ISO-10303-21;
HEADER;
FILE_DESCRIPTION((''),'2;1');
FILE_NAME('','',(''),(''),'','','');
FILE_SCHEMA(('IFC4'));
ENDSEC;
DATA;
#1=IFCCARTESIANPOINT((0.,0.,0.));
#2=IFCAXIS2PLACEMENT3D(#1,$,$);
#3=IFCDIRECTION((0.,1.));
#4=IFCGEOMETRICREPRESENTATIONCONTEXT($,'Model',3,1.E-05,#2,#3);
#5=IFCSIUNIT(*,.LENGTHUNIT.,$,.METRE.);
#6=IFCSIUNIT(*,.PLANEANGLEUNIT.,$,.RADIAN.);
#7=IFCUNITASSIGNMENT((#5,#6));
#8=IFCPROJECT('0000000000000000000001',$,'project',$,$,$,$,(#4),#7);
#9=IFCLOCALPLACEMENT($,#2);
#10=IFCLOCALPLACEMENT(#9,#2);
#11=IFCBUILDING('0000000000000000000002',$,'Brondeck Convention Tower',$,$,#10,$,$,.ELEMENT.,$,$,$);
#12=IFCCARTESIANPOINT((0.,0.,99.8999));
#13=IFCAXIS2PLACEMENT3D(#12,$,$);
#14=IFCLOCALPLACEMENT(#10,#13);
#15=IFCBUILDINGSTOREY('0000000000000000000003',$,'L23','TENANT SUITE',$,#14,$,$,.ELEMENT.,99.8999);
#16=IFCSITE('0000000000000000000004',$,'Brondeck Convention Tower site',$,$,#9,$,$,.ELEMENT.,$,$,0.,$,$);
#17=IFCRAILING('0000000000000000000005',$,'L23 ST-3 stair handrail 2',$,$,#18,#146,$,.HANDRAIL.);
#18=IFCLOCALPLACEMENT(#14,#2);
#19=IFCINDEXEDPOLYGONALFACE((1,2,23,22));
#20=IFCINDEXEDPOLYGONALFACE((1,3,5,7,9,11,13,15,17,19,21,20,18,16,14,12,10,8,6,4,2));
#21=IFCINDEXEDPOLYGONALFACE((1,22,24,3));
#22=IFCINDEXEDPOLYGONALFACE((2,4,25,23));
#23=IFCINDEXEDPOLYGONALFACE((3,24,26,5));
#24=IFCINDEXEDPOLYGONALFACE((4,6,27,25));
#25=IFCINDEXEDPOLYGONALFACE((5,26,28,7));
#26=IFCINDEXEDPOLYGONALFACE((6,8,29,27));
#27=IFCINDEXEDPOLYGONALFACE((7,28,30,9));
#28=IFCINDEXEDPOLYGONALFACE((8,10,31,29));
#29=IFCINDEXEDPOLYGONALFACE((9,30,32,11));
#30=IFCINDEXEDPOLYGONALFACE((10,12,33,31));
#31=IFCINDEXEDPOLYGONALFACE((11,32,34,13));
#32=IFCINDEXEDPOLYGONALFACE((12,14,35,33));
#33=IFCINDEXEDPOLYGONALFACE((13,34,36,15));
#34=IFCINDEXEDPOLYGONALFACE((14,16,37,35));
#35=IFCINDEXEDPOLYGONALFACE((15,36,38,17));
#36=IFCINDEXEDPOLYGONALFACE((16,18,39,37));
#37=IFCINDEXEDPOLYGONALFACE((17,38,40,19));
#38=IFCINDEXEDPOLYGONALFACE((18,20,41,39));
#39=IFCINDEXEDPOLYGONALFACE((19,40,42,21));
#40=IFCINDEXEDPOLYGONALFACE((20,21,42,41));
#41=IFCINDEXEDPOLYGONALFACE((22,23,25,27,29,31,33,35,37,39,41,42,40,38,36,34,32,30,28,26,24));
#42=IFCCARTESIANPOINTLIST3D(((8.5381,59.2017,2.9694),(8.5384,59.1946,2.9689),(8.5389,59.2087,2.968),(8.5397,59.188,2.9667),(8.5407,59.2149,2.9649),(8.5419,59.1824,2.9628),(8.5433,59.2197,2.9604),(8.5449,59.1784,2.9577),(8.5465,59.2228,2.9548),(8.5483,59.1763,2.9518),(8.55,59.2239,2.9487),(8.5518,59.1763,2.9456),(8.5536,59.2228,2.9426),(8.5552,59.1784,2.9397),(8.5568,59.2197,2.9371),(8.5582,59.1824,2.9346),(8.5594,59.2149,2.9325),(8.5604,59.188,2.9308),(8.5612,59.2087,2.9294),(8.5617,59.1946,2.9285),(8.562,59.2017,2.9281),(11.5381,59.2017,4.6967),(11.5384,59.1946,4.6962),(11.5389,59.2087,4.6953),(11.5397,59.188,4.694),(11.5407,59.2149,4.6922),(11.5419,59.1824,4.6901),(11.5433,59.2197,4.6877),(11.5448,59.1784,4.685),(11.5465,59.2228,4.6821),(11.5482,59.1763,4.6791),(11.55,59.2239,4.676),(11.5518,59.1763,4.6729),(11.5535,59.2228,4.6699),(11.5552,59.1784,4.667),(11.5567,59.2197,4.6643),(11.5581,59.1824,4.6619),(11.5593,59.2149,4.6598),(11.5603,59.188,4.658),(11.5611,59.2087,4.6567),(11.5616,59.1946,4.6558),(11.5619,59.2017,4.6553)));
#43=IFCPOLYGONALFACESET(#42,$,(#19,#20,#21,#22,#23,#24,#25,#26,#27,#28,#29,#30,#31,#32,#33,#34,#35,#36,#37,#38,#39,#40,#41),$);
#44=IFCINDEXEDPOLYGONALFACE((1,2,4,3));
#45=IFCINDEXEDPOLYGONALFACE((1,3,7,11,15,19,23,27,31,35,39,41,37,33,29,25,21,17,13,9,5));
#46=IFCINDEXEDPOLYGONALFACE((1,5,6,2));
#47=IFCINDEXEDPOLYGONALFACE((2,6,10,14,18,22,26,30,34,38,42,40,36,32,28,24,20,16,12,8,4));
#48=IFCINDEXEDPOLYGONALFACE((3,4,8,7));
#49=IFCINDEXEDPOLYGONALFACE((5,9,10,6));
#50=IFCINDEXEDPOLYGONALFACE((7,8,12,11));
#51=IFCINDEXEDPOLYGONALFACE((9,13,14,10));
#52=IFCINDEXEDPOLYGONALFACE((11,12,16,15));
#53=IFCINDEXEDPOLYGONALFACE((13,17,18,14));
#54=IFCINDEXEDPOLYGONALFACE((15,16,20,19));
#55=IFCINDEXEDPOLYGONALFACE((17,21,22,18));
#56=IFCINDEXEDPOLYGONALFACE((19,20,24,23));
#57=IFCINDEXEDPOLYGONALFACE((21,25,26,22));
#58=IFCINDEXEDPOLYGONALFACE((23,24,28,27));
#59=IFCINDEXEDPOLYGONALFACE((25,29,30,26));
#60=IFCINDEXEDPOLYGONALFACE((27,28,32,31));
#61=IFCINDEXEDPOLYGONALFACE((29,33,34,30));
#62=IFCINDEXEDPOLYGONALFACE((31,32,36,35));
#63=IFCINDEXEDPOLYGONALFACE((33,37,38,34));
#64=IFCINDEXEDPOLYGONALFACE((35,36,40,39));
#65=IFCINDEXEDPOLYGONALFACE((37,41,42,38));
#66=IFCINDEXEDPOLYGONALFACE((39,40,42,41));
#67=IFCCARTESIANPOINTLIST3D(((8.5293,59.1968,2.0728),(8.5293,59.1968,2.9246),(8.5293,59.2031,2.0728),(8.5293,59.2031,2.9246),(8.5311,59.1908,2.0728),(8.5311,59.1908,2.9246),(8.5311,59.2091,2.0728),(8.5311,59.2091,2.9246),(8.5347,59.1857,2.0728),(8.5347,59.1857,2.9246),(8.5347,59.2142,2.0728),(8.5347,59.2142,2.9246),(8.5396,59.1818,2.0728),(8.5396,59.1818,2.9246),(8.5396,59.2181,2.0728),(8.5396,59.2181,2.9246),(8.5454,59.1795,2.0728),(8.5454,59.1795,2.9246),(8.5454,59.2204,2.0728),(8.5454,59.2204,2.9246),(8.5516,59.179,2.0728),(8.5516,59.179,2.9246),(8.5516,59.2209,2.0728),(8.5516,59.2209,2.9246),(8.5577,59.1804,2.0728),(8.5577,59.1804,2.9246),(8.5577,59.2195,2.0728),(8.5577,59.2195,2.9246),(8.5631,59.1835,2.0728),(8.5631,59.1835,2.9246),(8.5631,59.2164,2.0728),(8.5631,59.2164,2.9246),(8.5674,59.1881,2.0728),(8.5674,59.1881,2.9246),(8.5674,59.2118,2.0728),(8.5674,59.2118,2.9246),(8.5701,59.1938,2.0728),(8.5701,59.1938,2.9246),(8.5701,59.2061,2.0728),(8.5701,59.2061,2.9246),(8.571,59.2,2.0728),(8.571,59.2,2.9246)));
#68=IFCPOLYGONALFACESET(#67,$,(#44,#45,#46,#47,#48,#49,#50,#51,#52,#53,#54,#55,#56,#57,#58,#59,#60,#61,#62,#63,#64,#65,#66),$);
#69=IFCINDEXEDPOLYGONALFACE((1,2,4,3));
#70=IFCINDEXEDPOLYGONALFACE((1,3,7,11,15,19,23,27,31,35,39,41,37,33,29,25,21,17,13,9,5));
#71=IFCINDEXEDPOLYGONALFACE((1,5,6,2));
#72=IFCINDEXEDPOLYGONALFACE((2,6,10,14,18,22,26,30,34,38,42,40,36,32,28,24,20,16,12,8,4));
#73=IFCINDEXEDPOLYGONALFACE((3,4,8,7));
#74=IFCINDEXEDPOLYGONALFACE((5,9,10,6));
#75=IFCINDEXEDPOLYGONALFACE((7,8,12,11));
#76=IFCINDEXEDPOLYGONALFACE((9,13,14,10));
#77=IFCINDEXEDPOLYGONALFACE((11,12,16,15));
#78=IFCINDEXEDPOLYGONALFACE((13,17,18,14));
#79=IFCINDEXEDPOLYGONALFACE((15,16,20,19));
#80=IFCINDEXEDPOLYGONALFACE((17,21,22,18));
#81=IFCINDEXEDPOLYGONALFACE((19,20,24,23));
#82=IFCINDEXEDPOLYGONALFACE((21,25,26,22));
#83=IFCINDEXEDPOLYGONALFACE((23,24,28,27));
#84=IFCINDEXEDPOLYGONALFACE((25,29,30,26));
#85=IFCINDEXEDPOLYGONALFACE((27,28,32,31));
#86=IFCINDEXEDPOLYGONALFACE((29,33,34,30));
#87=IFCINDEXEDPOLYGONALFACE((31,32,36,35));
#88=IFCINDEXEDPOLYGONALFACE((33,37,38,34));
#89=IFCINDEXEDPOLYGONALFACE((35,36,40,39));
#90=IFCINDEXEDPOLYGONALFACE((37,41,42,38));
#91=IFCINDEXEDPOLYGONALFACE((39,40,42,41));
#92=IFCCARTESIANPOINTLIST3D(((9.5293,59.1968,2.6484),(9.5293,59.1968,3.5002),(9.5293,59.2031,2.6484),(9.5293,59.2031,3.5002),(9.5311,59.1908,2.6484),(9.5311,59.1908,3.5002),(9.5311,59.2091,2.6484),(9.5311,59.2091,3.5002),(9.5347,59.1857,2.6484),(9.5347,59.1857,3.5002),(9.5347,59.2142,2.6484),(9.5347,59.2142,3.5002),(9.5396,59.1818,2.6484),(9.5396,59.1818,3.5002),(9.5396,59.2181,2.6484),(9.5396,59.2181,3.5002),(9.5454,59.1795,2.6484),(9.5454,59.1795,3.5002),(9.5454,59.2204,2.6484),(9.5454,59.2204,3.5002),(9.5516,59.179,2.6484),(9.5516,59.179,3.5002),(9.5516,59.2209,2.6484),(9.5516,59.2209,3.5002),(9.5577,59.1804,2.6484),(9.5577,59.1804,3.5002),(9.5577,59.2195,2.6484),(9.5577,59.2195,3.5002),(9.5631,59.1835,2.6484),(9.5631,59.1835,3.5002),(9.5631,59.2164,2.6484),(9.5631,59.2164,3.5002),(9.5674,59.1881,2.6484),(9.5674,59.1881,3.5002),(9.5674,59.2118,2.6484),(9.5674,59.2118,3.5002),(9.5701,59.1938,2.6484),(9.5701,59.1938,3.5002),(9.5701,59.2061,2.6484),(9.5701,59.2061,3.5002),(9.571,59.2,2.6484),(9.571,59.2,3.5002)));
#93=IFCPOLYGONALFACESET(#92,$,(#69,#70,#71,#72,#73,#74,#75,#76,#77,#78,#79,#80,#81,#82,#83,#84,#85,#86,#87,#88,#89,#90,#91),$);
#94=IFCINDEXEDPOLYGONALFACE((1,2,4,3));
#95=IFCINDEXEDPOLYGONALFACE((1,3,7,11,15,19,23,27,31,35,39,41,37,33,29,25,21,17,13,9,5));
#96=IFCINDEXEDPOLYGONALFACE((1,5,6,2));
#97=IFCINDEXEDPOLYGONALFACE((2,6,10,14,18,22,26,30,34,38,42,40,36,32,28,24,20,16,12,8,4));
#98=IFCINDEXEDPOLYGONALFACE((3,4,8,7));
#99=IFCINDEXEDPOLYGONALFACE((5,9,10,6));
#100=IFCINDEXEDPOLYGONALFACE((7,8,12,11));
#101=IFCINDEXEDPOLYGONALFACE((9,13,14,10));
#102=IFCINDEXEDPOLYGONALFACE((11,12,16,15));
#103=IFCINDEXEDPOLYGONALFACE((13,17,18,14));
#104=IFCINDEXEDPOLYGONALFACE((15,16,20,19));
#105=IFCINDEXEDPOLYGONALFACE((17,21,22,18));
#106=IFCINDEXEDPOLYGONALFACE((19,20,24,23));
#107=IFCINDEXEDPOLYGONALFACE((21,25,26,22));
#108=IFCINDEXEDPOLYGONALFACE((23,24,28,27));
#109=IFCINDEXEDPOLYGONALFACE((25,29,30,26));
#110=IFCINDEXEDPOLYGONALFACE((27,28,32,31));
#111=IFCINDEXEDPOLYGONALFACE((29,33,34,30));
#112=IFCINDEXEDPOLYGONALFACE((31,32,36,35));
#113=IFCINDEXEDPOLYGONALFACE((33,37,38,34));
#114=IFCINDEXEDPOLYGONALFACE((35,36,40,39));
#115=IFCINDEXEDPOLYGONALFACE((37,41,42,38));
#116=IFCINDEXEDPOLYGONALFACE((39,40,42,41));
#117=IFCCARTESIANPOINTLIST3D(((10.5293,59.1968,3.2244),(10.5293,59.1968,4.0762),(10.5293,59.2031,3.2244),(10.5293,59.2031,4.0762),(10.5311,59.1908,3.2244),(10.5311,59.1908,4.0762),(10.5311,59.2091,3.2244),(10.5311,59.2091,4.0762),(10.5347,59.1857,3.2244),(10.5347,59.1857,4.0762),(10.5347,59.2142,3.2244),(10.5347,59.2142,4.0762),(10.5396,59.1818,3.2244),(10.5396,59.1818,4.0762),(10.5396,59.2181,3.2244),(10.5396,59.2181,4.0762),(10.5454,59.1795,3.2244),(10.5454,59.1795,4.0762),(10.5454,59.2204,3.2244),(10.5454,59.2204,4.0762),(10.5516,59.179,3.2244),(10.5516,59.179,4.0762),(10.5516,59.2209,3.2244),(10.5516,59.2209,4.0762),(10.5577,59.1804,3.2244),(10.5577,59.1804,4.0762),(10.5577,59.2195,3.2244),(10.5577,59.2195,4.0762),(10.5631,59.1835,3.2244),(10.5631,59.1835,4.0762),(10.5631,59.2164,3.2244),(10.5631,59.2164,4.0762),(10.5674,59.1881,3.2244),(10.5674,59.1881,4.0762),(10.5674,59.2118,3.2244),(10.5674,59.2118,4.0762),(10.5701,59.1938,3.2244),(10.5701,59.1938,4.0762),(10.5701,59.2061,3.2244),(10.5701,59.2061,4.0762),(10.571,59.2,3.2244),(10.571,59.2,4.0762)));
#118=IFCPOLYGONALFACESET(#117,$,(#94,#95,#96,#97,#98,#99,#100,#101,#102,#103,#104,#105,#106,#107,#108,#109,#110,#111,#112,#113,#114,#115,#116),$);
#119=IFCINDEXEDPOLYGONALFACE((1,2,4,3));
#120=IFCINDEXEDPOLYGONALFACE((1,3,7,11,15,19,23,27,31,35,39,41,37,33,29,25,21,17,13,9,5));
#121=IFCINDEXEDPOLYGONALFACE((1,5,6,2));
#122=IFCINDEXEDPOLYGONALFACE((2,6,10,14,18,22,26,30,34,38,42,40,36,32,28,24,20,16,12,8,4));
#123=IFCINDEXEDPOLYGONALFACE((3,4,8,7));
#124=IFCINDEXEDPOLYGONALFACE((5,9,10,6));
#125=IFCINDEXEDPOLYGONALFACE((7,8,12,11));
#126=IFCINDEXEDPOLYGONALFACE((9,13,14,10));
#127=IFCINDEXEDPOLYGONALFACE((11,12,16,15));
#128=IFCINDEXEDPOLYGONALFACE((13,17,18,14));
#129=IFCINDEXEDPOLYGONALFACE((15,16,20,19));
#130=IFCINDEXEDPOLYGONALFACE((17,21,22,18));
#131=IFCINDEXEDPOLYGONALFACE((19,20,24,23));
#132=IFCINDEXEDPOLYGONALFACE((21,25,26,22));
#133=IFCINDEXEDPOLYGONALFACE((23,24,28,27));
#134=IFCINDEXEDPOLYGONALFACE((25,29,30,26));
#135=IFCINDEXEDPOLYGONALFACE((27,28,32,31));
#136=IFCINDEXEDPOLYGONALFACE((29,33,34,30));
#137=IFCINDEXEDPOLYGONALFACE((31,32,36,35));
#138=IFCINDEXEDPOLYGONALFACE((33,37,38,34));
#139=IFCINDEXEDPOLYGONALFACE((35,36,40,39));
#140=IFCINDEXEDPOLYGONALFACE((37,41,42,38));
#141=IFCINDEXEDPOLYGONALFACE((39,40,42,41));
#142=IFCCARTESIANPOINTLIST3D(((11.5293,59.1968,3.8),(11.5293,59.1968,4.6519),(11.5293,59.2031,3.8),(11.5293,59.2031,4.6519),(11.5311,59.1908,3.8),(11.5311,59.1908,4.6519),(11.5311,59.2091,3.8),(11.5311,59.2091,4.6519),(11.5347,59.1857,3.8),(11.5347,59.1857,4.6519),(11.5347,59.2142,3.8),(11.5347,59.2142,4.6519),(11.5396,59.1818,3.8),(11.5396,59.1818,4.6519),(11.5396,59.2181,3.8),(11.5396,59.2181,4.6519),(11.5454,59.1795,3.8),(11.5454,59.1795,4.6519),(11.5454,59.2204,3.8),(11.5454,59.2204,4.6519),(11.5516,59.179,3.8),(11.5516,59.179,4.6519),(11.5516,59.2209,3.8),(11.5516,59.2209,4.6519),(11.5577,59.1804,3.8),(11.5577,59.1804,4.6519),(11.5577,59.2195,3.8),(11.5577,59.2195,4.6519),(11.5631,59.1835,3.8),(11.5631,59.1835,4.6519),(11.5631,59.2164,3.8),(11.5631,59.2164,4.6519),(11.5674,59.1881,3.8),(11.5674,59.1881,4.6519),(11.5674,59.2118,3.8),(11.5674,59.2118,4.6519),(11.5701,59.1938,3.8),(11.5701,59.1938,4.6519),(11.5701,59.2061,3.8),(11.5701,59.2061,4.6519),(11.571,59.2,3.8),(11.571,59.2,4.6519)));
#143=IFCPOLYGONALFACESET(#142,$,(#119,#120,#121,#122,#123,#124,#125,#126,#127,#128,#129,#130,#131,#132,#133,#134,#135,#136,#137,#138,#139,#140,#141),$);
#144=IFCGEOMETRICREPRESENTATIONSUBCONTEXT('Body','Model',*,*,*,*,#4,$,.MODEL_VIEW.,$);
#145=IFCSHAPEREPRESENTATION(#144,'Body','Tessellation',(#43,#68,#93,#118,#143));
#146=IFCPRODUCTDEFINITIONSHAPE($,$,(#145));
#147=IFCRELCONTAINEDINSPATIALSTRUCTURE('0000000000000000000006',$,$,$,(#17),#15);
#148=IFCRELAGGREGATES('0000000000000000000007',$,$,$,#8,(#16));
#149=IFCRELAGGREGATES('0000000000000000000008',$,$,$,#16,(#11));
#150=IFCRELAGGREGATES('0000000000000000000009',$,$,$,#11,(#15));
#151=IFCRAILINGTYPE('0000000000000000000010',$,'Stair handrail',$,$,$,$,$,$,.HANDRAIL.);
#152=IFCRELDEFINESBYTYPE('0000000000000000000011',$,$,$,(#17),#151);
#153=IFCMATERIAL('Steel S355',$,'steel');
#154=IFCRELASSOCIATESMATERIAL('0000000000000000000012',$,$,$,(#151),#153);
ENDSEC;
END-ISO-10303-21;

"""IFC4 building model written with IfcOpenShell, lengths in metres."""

from ifc_helpers import new_model, si_unit, direction, frame, origin, origin_2d, place, context, subcontext, project, spatial, circle, extrude, material, type_object, element, save


model = new_model("IFC4")

# Units and contexts
model_context = context("Model", 3, precision=1e-05, world=origin(), true_north=direction((0.0, 1.0)))
body_context = subcontext(model_context, "Body", "Model", "MODEL_VIEW")
ifc_project = project(units=[si_unit("LENGTHUNIT", "METRE"), si_unit("PLANEANGLEUNIT", "RADIAN")], contexts=[model_context])

# Site, building, storey
site_placement = place(None, origin())
site = spatial("IfcSite", under=ifc_project, at=site_placement, Name="Brondeck Convention Tower site", CompositionType="ELEMENT", RefElevation=0.0)
building_placement = place(site_placement, origin())
building = spatial("IfcBuilding", under=site, at=building_placement, Name="Brondeck Convention Tower", CompositionType="ELEMENT")
storey_placement = place(building_placement, frame((0.0, 0.0, 99.8999)))
storey = spatial("IfcBuildingStorey", under=building, at=storey_placement, Name="L23", Description="TENANT SUITE", CompositionType="ELEMENT", Elevation=99.8999)

# Railing
ifc_material_1 = material(Name="Steel S355", Category="steel")
railing_type_1 = type_object("IfcRailingType", Name="Stair handrail", PredefinedType="HANDRAIL", material=ifc_material_1)
railing_1_placement = place(storey_placement, frame((8.55, 59.2, 2.0728)))
element("IfcRailing", 1, at=railing_1_placement, inside=storey, type_object=railing_type_1, Name="L23 ST-3 stair handrail 2", PredefinedType="HANDRAIL", context=body_context, shape_type="SweptSolid", body=[
    extrude(circle(Radius=0.0239, at=origin_2d()), frame((0.0, 0.0, 0.876), z_axis=(0.86662, 0.0, 0.498969), x_axis=(0.0, 1.0, 0.0)), (0.0, 0.0, 1.0), 3.4617),
    extrude(circle(Radius=0.021, at=origin_2d()), origin(), (0.0, 0.0, 1.0), 0.8518),
    extrude(circle(Radius=0.021, at=origin_2d()), frame((1.0, 0.0, 0.5757)), (0.0, 0.0, 1.0), 0.8518),
    extrude(circle(Radius=0.021, at=origin_2d()), frame((2.0, 0.0, 1.1516)), (0.0, 0.0, 1.0), 0.8518),
    extrude(circle(Radius=0.021, at=origin_2d()), frame((3.0, 0.0, 1.7273)), (0.0, 0.0, 1.0), 0.8518),
])

save(model, "model.ifc")
